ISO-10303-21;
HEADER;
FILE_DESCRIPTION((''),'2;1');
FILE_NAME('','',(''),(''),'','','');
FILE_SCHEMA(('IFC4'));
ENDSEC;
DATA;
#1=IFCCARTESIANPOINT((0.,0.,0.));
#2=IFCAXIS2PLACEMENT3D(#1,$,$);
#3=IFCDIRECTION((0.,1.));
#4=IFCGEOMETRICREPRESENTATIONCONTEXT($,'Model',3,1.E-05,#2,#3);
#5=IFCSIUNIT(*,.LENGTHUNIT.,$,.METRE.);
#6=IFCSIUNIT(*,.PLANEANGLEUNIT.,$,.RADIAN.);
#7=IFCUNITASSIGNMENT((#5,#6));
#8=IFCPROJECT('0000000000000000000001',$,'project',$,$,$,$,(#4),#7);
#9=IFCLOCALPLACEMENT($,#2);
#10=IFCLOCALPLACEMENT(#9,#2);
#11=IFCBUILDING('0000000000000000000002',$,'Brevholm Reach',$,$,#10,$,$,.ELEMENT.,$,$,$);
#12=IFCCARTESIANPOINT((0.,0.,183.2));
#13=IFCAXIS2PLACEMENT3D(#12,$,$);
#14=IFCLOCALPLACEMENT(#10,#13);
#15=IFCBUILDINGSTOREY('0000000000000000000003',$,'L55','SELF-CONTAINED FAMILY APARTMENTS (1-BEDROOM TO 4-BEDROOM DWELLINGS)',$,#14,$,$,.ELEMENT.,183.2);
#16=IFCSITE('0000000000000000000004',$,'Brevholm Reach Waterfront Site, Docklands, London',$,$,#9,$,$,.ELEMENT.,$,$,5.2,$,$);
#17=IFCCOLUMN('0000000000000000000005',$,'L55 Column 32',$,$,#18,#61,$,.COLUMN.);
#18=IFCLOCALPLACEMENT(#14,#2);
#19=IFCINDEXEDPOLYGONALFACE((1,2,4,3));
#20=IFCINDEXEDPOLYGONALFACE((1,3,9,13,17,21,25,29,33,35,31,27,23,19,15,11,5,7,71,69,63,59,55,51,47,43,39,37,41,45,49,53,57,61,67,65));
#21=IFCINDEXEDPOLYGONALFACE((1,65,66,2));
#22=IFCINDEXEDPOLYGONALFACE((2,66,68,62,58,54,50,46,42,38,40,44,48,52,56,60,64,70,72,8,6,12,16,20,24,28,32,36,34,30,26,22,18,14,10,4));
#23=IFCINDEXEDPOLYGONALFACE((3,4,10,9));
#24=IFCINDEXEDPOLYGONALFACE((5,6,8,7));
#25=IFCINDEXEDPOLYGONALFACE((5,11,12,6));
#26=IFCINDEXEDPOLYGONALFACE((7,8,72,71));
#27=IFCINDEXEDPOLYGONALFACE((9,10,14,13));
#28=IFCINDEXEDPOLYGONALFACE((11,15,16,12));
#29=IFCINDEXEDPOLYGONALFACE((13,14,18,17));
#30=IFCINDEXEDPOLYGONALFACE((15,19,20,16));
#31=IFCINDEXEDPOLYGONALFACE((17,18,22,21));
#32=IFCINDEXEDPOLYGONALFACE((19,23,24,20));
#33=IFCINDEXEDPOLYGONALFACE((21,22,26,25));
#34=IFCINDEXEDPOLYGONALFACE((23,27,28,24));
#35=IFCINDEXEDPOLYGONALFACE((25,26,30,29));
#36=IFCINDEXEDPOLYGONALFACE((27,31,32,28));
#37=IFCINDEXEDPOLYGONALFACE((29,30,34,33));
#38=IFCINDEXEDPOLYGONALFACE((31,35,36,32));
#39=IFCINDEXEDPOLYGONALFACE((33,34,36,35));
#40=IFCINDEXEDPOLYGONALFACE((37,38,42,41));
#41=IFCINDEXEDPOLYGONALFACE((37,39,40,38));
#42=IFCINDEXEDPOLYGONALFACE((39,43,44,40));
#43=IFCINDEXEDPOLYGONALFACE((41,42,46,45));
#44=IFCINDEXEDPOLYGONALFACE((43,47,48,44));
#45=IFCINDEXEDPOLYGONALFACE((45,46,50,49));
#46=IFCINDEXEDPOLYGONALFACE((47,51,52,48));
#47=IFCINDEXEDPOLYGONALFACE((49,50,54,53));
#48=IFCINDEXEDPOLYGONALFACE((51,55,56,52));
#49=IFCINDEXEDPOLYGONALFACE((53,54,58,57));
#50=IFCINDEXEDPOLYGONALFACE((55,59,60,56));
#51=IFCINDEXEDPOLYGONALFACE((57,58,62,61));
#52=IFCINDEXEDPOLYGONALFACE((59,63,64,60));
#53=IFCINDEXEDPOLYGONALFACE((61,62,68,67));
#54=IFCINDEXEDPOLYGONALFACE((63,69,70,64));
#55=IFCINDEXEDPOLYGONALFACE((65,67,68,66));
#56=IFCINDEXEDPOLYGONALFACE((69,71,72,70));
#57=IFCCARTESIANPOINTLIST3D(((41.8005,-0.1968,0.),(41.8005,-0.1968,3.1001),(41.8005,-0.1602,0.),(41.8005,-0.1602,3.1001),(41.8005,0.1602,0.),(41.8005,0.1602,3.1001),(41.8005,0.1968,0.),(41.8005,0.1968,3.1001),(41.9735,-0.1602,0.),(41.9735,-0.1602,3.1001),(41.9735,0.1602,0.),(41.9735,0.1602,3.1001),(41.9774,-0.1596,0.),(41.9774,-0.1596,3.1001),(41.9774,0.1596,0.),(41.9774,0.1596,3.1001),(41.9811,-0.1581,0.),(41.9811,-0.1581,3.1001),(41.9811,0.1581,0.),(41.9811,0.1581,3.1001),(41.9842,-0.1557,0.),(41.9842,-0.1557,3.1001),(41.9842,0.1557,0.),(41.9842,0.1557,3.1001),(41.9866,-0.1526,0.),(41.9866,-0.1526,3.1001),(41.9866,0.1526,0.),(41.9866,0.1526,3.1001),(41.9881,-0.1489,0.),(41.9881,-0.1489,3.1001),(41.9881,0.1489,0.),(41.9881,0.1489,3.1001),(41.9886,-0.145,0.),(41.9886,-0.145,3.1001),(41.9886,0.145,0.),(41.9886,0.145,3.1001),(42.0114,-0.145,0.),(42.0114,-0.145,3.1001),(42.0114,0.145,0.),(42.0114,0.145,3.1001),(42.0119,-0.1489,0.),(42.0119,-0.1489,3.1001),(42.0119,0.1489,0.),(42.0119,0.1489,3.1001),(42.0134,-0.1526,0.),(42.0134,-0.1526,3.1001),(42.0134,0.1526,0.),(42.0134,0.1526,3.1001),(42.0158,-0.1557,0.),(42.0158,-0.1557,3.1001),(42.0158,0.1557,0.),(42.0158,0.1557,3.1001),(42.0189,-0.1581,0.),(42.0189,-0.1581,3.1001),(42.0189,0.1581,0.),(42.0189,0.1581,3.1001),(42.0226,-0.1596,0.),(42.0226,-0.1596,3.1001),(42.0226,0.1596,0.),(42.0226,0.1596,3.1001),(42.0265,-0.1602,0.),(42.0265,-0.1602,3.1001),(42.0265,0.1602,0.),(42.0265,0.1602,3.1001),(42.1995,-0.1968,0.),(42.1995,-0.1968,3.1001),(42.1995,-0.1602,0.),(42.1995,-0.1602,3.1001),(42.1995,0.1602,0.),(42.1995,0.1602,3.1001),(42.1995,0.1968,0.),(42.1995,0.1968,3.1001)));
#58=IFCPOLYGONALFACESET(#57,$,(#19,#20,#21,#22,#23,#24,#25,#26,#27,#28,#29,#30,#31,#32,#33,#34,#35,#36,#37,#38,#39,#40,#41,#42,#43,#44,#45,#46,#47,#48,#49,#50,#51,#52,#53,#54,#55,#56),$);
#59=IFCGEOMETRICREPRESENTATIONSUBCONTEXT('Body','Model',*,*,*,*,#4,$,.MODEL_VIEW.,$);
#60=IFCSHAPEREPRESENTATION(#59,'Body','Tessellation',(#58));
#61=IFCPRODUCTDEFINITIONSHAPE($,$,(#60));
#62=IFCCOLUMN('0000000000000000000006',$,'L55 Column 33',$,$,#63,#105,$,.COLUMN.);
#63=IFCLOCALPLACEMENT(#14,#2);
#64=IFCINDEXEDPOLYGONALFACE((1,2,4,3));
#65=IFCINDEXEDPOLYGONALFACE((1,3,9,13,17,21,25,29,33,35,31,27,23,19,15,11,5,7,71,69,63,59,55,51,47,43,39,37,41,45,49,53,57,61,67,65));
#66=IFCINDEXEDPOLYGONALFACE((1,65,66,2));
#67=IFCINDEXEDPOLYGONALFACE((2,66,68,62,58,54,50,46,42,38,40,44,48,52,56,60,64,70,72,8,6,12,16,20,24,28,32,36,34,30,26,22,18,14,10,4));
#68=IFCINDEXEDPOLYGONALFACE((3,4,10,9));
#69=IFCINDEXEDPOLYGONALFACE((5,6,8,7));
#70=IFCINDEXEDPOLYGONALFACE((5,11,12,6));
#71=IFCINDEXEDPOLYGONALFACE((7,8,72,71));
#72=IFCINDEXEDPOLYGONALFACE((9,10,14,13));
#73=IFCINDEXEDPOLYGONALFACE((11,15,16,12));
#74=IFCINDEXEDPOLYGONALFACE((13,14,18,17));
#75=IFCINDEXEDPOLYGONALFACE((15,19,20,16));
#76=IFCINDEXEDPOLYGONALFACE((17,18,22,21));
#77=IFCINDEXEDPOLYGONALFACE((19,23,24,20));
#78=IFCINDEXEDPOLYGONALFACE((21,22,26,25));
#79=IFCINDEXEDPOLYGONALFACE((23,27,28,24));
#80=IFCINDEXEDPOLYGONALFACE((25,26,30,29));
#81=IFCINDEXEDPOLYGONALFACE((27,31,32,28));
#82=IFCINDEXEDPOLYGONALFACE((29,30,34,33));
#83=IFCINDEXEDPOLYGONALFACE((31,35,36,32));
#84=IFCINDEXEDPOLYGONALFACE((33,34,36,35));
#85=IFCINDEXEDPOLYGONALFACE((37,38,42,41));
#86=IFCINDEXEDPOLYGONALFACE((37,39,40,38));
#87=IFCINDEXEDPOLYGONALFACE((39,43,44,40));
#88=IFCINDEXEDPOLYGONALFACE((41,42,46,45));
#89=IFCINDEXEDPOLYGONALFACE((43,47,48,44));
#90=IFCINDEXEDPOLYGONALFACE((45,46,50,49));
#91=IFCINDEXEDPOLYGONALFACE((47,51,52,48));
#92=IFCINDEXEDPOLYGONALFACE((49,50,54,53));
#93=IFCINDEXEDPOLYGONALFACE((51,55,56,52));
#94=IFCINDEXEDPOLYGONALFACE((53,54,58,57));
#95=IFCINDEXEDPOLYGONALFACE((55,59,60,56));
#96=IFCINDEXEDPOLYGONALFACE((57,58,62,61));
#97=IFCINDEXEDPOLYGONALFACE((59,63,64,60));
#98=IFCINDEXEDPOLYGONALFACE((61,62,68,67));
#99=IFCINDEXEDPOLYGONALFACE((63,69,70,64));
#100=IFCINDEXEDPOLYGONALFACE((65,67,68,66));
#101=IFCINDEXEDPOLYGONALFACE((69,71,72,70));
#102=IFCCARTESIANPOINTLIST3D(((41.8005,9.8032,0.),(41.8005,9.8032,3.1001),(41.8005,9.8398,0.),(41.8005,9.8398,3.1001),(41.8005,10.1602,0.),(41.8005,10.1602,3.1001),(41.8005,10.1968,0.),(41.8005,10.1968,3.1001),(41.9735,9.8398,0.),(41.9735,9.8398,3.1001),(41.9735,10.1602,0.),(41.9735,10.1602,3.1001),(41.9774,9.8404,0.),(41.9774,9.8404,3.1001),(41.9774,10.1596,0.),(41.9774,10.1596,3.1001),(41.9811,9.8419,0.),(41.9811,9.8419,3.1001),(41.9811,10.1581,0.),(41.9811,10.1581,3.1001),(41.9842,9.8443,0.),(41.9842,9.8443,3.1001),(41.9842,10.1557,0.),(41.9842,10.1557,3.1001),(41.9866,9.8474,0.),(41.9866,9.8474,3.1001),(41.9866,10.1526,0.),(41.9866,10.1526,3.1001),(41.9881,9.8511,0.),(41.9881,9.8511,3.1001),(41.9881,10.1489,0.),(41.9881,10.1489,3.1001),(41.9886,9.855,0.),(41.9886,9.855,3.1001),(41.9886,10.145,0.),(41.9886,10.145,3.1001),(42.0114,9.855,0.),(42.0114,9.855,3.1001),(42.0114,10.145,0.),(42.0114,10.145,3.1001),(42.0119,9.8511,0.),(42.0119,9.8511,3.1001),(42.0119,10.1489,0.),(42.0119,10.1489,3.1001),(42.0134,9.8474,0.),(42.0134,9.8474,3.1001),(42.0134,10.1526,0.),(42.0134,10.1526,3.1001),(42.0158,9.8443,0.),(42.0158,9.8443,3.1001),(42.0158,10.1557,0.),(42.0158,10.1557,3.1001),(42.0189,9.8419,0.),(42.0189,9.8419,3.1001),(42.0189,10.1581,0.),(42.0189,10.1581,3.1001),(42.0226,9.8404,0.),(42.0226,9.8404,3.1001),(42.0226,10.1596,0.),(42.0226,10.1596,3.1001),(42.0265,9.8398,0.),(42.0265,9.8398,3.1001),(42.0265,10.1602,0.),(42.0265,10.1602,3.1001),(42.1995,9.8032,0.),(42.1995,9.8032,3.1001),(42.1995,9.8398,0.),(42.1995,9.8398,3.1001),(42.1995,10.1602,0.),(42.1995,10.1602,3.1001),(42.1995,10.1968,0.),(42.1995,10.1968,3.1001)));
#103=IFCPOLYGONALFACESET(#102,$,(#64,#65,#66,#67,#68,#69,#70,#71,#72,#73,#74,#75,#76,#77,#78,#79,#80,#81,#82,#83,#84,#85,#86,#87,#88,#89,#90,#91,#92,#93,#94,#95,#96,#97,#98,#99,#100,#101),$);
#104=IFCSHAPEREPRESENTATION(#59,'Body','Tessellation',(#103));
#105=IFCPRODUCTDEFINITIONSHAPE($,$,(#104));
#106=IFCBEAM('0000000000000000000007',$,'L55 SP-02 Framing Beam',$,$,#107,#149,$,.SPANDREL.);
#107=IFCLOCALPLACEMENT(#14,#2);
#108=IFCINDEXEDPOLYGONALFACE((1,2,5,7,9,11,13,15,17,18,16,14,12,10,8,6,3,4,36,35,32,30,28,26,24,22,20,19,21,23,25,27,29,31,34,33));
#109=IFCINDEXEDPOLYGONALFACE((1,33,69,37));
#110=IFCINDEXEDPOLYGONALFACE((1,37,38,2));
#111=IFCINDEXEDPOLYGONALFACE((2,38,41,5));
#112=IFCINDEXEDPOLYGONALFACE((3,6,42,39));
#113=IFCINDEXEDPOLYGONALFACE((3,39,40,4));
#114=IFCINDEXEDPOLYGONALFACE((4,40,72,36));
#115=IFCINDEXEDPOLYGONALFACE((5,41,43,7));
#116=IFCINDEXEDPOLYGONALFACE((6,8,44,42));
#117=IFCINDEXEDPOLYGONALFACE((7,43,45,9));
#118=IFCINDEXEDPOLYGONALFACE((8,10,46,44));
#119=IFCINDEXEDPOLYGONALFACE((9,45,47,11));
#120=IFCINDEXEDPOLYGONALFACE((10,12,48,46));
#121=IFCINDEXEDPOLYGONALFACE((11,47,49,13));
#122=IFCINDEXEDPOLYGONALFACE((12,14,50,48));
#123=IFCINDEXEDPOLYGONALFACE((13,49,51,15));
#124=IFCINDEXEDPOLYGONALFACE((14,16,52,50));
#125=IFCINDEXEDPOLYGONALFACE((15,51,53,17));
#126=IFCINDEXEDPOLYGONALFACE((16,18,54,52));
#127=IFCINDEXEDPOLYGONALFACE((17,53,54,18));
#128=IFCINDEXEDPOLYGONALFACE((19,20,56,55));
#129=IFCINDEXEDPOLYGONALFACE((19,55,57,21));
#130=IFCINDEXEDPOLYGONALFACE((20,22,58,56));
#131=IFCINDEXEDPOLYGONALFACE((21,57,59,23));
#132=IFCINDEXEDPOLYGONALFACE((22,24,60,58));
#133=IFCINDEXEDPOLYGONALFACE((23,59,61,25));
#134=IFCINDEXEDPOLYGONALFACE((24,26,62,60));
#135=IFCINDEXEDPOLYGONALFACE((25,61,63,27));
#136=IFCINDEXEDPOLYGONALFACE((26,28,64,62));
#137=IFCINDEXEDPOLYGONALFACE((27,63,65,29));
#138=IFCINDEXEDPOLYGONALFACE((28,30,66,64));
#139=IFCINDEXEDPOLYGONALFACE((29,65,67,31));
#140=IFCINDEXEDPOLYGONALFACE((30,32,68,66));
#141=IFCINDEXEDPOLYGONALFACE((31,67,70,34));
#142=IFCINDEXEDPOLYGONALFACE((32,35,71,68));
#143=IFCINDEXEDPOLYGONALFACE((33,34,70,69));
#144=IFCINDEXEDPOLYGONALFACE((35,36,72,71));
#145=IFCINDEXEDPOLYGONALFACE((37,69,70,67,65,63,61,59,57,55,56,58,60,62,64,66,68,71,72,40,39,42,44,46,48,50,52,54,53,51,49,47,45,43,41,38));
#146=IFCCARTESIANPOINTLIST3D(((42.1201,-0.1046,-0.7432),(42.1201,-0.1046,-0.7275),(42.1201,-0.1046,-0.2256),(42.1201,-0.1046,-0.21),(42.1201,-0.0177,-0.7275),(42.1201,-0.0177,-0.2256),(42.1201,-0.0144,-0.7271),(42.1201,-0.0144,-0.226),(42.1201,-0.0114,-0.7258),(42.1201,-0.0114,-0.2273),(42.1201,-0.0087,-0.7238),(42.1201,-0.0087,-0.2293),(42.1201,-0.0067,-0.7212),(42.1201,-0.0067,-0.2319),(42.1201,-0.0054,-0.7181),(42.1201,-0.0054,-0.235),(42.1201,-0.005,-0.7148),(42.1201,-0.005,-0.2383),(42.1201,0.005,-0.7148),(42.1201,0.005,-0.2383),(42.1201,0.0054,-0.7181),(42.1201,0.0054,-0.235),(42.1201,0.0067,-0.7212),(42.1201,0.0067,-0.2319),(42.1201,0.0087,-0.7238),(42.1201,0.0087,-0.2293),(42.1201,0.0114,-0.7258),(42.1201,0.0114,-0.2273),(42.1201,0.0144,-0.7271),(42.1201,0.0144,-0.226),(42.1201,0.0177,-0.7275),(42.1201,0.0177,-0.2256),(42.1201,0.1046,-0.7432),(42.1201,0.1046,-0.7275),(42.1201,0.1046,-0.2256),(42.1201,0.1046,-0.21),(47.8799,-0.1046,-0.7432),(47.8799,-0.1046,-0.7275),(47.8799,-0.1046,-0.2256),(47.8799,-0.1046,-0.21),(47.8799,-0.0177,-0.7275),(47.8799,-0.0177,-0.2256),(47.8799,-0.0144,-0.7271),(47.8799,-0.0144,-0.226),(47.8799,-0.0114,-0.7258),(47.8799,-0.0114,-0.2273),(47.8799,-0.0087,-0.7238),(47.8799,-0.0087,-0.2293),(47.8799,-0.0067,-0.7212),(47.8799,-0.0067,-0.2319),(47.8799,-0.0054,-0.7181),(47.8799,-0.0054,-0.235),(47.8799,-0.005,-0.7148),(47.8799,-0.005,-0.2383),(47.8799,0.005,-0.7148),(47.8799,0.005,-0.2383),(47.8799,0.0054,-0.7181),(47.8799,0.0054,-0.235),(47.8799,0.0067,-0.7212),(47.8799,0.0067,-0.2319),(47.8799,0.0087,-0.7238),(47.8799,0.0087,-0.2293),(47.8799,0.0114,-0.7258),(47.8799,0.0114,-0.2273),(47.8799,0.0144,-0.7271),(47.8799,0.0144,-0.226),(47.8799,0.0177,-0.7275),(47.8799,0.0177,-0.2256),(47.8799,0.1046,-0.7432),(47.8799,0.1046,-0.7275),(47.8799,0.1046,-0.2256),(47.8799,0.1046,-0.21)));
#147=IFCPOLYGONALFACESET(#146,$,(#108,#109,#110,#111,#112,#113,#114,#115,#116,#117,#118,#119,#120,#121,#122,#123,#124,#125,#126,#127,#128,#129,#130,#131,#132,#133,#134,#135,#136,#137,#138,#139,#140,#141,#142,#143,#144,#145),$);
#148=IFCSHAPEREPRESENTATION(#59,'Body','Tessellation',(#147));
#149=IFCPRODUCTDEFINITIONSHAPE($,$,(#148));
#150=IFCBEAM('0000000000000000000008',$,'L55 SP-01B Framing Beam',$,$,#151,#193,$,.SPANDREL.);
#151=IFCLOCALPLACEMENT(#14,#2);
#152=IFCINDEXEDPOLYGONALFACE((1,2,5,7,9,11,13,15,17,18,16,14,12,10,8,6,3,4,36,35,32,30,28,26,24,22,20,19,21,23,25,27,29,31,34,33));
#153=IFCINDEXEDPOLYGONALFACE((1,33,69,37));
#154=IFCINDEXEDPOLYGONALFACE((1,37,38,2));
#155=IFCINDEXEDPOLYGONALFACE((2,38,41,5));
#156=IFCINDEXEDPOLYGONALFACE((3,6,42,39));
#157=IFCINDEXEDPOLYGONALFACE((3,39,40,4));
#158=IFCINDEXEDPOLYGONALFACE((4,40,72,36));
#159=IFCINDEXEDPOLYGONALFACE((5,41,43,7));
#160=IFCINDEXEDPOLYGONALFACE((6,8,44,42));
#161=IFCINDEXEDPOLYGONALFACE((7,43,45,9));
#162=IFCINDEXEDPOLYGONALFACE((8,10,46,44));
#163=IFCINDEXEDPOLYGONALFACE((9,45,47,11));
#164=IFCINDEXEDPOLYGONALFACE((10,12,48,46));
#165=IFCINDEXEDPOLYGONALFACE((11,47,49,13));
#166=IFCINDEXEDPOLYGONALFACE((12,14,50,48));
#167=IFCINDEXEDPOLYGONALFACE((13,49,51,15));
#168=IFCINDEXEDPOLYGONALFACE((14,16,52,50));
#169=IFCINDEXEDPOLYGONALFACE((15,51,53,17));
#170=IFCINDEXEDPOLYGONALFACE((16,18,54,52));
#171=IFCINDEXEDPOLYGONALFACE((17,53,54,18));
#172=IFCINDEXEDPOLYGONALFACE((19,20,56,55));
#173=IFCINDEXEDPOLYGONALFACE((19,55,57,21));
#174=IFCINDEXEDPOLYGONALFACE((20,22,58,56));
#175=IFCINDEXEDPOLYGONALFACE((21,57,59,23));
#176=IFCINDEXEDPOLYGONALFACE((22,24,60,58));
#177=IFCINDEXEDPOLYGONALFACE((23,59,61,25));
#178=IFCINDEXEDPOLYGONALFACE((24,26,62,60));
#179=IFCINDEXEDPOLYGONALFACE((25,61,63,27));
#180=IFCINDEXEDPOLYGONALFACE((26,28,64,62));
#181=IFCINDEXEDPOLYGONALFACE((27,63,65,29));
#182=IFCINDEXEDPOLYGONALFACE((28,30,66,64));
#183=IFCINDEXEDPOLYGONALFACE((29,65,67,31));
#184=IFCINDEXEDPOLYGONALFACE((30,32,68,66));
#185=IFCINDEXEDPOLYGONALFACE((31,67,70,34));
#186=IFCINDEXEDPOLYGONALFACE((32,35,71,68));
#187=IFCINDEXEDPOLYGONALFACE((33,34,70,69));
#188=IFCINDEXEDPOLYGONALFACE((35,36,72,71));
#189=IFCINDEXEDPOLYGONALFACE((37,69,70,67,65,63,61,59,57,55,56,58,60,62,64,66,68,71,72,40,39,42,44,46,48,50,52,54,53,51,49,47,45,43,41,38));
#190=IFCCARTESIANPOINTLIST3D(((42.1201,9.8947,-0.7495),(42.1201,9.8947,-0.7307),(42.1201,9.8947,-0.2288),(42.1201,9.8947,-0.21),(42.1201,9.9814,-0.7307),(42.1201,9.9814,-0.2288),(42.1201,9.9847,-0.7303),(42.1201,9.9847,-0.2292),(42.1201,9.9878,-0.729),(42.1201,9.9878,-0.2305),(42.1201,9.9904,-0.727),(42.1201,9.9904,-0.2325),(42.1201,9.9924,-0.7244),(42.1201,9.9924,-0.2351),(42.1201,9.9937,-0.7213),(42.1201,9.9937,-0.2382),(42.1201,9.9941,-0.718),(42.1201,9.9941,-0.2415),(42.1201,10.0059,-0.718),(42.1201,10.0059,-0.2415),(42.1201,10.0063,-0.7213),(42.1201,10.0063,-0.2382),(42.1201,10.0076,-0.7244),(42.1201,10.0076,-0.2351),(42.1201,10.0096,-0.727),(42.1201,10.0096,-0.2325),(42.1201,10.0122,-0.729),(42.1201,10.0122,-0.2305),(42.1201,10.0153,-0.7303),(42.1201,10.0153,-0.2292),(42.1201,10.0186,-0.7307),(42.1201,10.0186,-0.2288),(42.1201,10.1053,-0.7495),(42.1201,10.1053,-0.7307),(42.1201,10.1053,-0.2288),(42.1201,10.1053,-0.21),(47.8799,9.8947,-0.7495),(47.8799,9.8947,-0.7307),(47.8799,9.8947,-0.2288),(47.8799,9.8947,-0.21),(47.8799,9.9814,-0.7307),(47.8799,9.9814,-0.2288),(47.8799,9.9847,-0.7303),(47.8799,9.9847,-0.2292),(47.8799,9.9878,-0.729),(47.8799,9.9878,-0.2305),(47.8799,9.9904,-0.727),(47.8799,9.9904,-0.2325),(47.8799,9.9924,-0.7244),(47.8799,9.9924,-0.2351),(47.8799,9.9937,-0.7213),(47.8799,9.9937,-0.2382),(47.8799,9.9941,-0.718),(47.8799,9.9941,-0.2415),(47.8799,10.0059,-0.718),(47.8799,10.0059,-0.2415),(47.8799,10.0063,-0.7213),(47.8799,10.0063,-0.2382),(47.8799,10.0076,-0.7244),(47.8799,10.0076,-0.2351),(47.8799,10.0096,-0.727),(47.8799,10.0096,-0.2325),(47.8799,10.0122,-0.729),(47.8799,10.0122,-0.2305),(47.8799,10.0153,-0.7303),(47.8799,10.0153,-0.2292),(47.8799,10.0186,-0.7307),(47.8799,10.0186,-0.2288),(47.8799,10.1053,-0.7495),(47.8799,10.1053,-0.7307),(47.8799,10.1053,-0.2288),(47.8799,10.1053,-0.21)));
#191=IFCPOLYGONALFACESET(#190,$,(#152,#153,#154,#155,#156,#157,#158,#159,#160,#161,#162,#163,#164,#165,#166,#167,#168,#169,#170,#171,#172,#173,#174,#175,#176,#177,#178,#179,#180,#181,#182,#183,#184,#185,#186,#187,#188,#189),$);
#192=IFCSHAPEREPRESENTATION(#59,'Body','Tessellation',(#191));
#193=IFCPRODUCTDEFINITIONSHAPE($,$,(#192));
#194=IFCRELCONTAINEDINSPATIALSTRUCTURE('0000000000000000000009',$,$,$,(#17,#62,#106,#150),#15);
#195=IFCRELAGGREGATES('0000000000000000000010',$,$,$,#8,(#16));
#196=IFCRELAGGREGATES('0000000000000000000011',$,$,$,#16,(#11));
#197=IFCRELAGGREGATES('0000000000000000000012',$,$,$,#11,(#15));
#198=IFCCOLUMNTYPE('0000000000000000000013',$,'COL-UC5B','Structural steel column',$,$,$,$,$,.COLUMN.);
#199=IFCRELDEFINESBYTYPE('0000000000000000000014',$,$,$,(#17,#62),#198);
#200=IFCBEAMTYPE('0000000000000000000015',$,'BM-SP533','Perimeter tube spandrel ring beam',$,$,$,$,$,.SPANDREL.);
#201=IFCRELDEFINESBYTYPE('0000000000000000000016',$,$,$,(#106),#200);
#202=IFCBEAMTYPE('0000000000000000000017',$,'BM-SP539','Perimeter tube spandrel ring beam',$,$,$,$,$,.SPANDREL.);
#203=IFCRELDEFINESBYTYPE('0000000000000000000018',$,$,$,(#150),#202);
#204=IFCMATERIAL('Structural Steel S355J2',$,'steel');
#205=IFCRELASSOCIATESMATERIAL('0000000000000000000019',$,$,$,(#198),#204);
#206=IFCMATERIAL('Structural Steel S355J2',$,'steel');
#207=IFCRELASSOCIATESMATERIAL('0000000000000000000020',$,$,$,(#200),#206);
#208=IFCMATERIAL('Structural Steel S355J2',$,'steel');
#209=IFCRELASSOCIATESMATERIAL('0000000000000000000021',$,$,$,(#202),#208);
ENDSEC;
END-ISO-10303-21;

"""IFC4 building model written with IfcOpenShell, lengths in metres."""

from ifc_helpers import new_model, si_unit, direction, frame, origin, origin_2d, place, context, subcontext, project, spatial, i_section, extrude, material, material_profile, profile_set, type_object, element, save


model = new_model("IFC4")

# Units and contexts
model_context = context("Model", 3, precision=1e-05, world=origin(), true_north=direction((0.0, 1.0)))
body_context = subcontext(model_context, "Body", "Model", "MODEL_VIEW")
ifc_project = project(units=[si_unit("LENGTHUNIT", "METRE"), si_unit("PLANEANGLEUNIT", "RADIAN")], contexts=[model_context])

# Site, building, storey
site_placement = place(None, origin())
site = spatial("IfcSite", under=ifc_project, at=site_placement, Name="Brevholm Reach Waterfront Site, Docklands, London", CompositionType="ELEMENT", RefElevation=5.2)
building_placement = place(site_placement, origin())
building = spatial("IfcBuilding", under=site, at=building_placement, Name="Brevholm Reach", CompositionType="ELEMENT")
storey_placement = place(building_placement, frame((0.0, 0.0, 183.2)))
storey = spatial("IfcBuildingStorey", under=building, at=storey_placement, Name="L55", Description="SELF-CONTAINED FAMILY APARTMENTS (1-BEDROOM TO 4-BEDROOM DWELLINGS)", CompositionType="ELEMENT", Elevation=183.2)

# Columns
ifc_material_1 = material(Name="Structural Steel S355J2", Category="steel")
ifc_material_profile_1 = material_profile(ifc_material_1, i_section(OverallWidth=0.3989, OverallDepth=0.3936, WebThickness=0.0227, FlangeThickness=0.0366, FilletRadius=0.0151, at=origin_2d()), Name="UKC 356x406x287")
ifc_profile_set_1 = profile_set([ifc_material_profile_1], Name="Structural Steel S355J2")
column_type = type_object("IfcColumnType", Name="COL-UC5B", Description="Structural steel column", PredefinedType="COLUMN", material=ifc_profile_set_1)
for number, where, z_axis, x_axis, name in (
    (1, (42.0, 0.0, 0.0), (0.0, 0.0, 1.0), (1.0, 0.0, 0.0), "L55 Column 32"),
    (2, (42.0, 10.0, 0.0), (0.0, 0.0, 1.0), (1.0, 0.0, 0.0), "L55 Column 33"),
):
    element("IfcColumn", number, at=place(storey_placement, frame(where, z_axis=z_axis, x_axis=x_axis)), inside=storey, type_object=column_type, Name=name, PredefinedType="COLUMN", context=body_context, shape_type="SweptSolid", body=[
        extrude(i_section(OverallWidth=0.3989, OverallDepth=0.3936, WebThickness=0.0227, FlangeThickness=0.0366, FilletRadius=0.0151, at=origin_2d()), origin(), (0.0, 0.0, 1.0), 3.1001),
    ])

# Beams
ifc_material_2 = material(Name="Structural Steel S355J2", Category="steel")
ifc_material_profile_2 = material_profile(ifc_material_2, i_section(OverallWidth=0.2092, OverallDepth=0.5332, WebThickness=0.01, FlangeThickness=0.0156, FilletRadius=0.0127, at=origin_2d()), Name="UKB 533x210x92")
ifc_profile_set_2 = profile_set([ifc_material_profile_2], Name="Structural Steel S355J2")
beam_type_1 = type_object("IfcBeamType", Name="BM-SP533", Description="Perimeter tube spandrel ring beam", PredefinedType="SPANDREL", material=ifc_profile_set_2)
beam_1_placement = place(storey_placement, frame((42.1201, 0.0, -0.4766), z_axis=(1.0, 0.0, 0.0), x_axis=(0.0, 1.0, 0.0)))
element("IfcBeam", 3, at=beam_1_placement, inside=storey, type_object=beam_type_1, Name="L55 SP-02 Framing Beam", PredefinedType="SPANDREL", context=body_context, shape_type="SweptSolid", body=[
    extrude(i_section(OverallWidth=0.2092, OverallDepth=0.5332, WebThickness=0.01, FlangeThickness=0.0156, FilletRadius=0.0127, at=origin_2d()), origin(), (0.0, 0.0, 1.0), 5.7598),
])
ifc_material_3 = material(Name="Structural Steel S355J2", Category="steel")
ifc_material_profile_3 = material_profile(ifc_material_3, i_section(OverallWidth=0.2107, OverallDepth=0.5396, WebThickness=0.0117, FlangeThickness=0.0188, FilletRadius=0.0127, at=origin_2d()), Name="UKB 533x210x109")
ifc_profile_set_3 = profile_set([ifc_material_profile_3], Name="Structural Steel S355J2")
beam_type_2 = type_object("IfcBeamType", Name="BM-SP539", Description="Perimeter tube spandrel ring beam", PredefinedType="SPANDREL", material=ifc_profile_set_3)
beam_2_placement = place(storey_placement, frame((42.1201, 10.0, -0.4797), z_axis=(1.0, 0.0, 0.0), x_axis=(0.0, 1.0, 0.0)))
element("IfcBeam", 4, at=beam_2_placement, inside=storey, type_object=beam_type_2, Name="L55 SP-01B Framing Beam", PredefinedType="SPANDREL", context=body_context, shape_type="SweptSolid", body=[
    extrude(i_section(OverallWidth=0.2107, OverallDepth=0.5396, WebThickness=0.0117, FlangeThickness=0.0188, FilletRadius=0.0127, at=origin_2d()), origin(), (0.0, 0.0, 1.0), 5.7598),
])

save(model, "model.ifc")
